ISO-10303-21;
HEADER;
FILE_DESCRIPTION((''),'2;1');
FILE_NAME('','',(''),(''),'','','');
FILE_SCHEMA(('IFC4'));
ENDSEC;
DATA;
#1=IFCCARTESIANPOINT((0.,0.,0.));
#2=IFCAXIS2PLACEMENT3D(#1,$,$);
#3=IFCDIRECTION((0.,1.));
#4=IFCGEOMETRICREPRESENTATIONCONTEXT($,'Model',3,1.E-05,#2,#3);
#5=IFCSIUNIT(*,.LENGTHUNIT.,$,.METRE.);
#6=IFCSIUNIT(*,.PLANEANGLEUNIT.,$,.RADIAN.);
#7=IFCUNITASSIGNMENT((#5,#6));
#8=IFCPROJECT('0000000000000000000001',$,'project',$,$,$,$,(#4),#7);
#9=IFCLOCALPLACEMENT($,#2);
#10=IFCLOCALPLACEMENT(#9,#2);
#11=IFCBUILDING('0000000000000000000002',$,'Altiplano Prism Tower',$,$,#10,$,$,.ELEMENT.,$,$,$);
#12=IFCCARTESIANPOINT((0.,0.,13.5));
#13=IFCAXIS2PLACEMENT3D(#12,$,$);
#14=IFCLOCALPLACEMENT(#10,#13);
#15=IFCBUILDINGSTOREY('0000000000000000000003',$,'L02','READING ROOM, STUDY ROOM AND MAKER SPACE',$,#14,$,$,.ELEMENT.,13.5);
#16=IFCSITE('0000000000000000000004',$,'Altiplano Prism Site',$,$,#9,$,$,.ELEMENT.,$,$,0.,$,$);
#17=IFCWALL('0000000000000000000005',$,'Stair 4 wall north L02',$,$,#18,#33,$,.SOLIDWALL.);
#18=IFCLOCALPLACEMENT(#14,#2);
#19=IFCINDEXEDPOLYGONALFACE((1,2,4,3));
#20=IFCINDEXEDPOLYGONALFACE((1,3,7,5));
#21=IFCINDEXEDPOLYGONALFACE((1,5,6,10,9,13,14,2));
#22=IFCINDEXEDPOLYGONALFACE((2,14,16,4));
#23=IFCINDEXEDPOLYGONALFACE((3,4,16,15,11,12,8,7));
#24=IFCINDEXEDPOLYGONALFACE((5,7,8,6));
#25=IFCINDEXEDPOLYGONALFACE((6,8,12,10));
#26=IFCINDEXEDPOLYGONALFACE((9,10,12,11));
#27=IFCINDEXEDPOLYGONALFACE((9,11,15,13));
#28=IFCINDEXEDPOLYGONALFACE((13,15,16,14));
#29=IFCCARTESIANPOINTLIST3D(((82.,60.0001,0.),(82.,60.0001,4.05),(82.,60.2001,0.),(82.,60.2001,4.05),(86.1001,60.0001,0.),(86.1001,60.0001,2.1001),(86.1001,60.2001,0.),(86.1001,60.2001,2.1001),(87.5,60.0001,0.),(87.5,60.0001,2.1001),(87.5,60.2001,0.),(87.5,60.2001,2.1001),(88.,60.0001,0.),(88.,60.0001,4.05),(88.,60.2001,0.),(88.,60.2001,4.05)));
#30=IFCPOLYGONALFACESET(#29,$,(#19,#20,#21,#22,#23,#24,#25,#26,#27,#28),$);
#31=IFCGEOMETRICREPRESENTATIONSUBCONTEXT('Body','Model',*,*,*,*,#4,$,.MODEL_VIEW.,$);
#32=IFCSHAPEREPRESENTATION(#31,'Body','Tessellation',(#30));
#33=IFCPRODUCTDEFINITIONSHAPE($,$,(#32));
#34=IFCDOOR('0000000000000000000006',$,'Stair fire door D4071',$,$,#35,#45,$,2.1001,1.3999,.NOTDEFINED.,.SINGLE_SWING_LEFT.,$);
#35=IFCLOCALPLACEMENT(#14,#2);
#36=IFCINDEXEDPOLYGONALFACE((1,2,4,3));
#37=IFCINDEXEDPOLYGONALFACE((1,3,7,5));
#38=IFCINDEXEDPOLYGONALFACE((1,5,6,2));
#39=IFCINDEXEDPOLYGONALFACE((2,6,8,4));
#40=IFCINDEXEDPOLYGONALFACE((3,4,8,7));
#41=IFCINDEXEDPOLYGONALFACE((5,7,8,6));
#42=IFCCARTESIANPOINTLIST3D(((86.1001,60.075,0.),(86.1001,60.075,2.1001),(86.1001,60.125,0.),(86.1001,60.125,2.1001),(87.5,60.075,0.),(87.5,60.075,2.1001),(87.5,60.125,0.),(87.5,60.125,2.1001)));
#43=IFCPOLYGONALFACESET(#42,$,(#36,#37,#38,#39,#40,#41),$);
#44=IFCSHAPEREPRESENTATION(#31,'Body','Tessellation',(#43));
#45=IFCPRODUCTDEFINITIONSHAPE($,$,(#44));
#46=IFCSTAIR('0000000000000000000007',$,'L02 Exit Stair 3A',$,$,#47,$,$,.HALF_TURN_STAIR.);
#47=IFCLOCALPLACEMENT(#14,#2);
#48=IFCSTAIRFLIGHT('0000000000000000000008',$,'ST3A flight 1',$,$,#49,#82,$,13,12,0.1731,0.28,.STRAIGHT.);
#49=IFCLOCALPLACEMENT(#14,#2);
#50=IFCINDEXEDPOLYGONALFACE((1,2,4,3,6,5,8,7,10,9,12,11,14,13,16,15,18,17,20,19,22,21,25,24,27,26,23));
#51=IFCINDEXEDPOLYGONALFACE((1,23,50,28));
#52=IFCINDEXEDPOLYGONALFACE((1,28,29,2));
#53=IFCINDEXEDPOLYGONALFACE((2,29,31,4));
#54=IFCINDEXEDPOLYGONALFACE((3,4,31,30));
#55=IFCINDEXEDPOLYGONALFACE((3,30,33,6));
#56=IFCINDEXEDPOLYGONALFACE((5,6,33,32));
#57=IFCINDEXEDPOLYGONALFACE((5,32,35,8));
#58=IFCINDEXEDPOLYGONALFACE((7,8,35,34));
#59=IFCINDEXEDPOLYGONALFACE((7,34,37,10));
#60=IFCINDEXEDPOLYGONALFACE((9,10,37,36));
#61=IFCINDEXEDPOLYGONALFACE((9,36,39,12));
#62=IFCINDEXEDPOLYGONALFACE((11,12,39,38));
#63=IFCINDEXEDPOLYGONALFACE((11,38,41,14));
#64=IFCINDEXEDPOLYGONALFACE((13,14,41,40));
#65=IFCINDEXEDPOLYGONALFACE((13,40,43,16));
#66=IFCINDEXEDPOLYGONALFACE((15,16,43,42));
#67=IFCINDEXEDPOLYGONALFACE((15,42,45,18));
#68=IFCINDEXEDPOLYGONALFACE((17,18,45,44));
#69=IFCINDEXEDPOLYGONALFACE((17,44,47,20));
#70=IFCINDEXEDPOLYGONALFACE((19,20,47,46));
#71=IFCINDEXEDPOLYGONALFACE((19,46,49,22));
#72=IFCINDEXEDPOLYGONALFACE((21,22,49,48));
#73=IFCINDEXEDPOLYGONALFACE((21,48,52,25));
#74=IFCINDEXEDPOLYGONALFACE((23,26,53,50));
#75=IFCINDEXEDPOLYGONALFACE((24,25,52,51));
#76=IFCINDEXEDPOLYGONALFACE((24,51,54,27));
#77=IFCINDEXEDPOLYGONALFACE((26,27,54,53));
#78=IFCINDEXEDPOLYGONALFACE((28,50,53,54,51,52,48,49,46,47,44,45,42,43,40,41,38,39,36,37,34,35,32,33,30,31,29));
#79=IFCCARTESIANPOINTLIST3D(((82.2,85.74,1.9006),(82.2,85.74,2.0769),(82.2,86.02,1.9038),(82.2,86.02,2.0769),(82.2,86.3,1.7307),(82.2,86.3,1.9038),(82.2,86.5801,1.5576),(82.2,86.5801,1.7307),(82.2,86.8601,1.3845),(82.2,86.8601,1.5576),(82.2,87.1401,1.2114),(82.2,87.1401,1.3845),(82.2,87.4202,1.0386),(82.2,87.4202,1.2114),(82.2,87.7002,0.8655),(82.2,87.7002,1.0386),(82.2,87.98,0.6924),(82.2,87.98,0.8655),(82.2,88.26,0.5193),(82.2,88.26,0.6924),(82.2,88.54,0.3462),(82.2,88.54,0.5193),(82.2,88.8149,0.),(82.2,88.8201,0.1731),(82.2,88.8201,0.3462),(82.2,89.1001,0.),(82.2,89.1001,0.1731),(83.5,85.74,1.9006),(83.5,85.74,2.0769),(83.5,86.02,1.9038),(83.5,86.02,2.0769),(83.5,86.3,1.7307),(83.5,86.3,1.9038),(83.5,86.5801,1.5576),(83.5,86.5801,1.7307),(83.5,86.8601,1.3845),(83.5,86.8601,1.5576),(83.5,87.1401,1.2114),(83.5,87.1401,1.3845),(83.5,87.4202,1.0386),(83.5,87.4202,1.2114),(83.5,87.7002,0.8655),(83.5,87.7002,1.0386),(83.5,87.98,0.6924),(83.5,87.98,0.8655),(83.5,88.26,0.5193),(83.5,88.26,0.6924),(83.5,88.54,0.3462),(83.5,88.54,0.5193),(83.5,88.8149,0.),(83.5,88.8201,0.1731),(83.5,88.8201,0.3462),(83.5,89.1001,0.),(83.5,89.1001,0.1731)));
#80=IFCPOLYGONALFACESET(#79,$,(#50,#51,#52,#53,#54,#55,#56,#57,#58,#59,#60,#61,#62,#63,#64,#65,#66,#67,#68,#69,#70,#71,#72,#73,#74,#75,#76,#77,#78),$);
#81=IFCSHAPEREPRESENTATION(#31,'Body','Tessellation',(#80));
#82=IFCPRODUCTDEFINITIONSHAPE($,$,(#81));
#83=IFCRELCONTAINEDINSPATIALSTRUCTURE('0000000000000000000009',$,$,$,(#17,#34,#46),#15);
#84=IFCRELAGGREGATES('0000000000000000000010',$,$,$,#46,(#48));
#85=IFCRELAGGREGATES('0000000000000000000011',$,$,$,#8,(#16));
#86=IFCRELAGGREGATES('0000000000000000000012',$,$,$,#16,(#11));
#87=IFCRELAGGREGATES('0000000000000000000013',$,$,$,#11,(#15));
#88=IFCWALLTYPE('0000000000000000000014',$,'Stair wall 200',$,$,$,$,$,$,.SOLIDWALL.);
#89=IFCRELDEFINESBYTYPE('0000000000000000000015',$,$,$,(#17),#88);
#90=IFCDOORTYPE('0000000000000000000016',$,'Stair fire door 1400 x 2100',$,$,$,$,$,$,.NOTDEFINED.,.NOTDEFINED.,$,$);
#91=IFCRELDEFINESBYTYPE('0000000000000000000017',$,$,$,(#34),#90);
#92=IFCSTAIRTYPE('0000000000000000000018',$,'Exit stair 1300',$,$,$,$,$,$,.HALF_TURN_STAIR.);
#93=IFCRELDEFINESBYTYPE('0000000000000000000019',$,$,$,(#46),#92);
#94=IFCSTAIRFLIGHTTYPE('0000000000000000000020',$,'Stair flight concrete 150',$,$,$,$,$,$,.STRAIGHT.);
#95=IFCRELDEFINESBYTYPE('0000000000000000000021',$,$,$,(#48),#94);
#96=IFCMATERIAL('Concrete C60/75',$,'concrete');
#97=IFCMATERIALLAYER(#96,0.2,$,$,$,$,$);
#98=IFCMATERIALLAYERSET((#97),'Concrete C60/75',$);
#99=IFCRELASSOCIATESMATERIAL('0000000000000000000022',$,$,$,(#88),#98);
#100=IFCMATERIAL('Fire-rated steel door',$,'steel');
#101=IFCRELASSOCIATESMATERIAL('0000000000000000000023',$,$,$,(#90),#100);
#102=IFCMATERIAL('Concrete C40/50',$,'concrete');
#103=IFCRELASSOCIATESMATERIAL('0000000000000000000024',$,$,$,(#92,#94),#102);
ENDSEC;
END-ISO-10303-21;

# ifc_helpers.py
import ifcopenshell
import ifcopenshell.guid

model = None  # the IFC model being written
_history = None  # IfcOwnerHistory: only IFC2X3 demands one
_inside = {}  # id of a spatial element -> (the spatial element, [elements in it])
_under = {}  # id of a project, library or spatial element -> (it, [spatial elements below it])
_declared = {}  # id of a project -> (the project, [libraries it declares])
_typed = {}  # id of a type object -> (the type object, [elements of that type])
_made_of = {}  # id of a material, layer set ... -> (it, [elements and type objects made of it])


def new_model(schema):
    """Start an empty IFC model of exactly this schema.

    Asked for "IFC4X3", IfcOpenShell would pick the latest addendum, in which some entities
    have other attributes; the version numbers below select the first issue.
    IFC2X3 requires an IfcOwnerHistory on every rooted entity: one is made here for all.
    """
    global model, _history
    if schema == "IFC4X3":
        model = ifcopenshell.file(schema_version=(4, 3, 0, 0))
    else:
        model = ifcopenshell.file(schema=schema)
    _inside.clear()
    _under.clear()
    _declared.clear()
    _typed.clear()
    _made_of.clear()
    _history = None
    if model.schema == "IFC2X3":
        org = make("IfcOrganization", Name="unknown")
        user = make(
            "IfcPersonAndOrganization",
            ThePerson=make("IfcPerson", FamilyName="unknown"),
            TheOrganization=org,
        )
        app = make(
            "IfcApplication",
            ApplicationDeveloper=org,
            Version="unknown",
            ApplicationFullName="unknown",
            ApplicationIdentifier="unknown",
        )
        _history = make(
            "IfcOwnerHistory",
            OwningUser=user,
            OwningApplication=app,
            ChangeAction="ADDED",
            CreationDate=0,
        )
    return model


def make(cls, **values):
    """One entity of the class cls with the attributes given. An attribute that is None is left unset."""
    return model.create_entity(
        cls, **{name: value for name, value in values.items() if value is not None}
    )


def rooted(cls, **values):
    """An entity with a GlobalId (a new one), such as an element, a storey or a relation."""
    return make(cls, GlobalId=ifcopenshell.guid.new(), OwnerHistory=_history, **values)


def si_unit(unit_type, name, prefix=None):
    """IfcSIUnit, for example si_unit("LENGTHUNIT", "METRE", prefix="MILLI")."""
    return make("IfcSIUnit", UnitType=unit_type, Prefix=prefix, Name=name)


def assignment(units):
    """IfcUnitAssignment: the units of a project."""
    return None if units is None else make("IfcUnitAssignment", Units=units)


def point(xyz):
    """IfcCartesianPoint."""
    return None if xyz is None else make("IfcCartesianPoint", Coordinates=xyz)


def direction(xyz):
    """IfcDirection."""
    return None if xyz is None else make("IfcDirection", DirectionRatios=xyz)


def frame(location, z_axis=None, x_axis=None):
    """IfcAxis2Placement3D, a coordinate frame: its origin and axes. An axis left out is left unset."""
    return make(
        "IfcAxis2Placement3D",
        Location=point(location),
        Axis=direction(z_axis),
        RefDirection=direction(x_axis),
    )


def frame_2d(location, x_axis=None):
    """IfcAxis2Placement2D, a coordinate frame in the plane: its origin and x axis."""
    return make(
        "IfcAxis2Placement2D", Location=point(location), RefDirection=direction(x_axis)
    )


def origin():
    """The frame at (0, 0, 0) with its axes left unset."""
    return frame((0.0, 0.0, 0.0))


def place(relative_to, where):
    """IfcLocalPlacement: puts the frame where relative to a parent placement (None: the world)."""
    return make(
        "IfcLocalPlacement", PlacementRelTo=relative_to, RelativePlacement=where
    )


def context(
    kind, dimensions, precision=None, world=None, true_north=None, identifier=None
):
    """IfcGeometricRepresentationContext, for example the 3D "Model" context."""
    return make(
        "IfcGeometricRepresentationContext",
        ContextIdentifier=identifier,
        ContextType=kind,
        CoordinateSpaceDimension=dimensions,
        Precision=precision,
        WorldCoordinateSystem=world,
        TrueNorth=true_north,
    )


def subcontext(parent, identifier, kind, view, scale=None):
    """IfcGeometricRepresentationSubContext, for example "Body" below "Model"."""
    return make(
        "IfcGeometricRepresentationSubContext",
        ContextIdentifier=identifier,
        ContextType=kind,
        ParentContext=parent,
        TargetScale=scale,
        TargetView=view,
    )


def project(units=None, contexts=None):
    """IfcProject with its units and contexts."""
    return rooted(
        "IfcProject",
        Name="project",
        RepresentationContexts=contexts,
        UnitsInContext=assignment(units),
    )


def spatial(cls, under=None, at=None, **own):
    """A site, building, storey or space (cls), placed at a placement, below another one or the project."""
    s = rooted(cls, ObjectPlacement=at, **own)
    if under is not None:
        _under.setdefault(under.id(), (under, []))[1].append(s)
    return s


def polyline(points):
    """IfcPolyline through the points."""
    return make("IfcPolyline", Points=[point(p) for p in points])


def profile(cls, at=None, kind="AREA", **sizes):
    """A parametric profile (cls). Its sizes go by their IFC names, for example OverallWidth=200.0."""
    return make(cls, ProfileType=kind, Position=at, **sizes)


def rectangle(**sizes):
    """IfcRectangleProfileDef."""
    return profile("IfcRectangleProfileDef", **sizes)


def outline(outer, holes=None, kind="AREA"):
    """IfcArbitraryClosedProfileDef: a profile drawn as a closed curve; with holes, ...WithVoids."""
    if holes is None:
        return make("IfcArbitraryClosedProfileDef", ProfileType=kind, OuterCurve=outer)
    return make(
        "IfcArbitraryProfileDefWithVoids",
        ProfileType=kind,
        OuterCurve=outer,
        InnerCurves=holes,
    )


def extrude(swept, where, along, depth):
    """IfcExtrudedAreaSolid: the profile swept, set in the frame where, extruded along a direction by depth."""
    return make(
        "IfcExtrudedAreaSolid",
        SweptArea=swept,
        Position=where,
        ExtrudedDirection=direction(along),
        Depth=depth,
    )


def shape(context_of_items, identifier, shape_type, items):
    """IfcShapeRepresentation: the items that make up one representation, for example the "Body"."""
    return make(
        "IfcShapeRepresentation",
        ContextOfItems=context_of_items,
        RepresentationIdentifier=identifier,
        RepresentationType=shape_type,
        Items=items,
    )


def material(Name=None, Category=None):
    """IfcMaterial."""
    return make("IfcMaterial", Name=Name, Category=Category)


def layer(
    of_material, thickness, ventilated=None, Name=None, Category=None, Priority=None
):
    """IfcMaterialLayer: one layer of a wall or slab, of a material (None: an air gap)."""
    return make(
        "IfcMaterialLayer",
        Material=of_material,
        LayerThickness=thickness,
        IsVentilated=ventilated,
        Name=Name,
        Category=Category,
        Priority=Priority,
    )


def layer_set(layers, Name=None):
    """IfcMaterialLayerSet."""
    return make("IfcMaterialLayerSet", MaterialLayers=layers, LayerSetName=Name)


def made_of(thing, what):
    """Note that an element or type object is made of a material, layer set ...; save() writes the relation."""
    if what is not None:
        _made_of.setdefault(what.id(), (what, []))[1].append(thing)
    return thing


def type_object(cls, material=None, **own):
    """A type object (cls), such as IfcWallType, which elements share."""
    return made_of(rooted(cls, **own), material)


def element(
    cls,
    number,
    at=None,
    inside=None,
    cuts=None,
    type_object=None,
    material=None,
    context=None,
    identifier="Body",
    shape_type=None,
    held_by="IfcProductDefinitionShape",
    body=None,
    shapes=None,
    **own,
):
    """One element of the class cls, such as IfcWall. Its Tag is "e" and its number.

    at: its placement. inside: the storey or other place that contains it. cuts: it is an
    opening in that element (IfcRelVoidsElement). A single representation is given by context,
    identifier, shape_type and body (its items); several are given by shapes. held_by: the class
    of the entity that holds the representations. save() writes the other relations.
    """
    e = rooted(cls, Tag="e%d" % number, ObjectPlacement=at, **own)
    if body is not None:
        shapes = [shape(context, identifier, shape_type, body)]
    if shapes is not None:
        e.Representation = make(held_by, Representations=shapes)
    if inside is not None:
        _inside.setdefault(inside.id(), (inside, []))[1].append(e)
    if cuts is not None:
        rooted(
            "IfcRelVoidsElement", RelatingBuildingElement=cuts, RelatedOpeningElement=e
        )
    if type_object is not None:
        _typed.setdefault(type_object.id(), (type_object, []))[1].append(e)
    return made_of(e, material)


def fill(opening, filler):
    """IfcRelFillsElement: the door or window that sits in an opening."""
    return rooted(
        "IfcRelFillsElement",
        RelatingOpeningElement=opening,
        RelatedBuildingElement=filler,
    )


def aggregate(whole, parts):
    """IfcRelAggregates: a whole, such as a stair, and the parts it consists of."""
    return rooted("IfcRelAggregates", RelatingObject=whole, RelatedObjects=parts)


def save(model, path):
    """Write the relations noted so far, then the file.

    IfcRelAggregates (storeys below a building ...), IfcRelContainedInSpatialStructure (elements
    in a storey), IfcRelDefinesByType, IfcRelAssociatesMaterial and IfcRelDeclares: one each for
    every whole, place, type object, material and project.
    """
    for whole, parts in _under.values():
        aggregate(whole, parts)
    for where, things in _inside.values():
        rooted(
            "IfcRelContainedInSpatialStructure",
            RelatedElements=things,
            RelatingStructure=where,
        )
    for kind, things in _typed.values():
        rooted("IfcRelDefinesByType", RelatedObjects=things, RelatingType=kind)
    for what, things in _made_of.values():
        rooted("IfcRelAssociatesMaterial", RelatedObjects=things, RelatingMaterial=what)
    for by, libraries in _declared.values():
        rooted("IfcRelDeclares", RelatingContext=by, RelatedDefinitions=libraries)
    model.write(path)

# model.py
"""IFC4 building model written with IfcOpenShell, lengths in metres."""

from ifc_helpers import new_model, si_unit, direction, frame, frame_2d, origin, place, context, subcontext, project, spatial, polyline, rectangle, outline, extrude, material, layer, layer_set, type_object, element, fill, aggregate, save


model = new_model("IFC4")

# Units and contexts
model_context = context("Model", 3, precision=1e-05, world=origin(), true_north=direction((0.0, 1.0)))
body_context = subcontext(model_context, "Body", "Model", "MODEL_VIEW")
ifc_project = project(units=[si_unit("LENGTHUNIT", "METRE"), si_unit("PLANEANGLEUNIT", "RADIAN")], contexts=[model_context])

# Site, building, storey
site_placement = place(None, origin())
site = spatial("IfcSite", under=ifc_project, at=site_placement, Name="Altiplano Prism Site", CompositionType="ELEMENT", RefElevation=0.0)
building_placement = place(site_placement, origin())
building = spatial("IfcBuilding", under=site, at=building_placement, Name="Altiplano Prism Tower", CompositionType="ELEMENT")
storey_placement = place(building_placement, frame((0.0, 0.0, 13.5)))
storey = spatial("IfcBuildingStorey", under=building, at=storey_placement, Name="L02", Description="READING ROOM, STUDY ROOM AND MAKER SPACE", CompositionType="ELEMENT", Elevation=13.5)

# Shared definitions
ifc_material_1 = material(Name="Concrete C60/75", Category="concrete")

# Shared definitions
ifc_layer_1 = layer(ifc_material_1, 0.2)
ifc_layer_set_1 = layer_set([ifc_layer_1], Name="Concrete C60/75")
wall_type_1 = type_object("IfcWallType", Name="Stair wall 200", PredefinedType="SOLIDWALL", material=ifc_layer_set_1)

# Wall, opening, door
ifc_material_2 = material(Name="Fire-rated steel door", Category="steel")
wall_1_placement = place(storey_placement, frame((82.0, 60.1001, 0.0), z_axis=(0.0, 0.0, 1.0), x_axis=(1.0, 0.0, 0.0)))
wall_1 = element("IfcWall", 1, at=wall_1_placement, inside=storey, type_object=wall_type_1, Name="Stair 4 wall north L02", PredefinedType="SOLIDWALL", context=body_context, shape_type="SweptSolid", body=[
    extrude(rectangle(XDim=6.0, YDim=0.2, at=frame_2d((3.0, 0.0))), origin(), (0.0, 0.0, 1.0), 4.05),
])
opening_1_placement = place(wall_1_placement, frame((4.1001, 0.0, 0.0)))
opening_1 = element("IfcOpeningElement", 2, at=opening_1_placement, cuts=wall_1, PredefinedType="OPENING", context=body_context, shape_type="SweptSolid", body=[
    extrude(rectangle(XDim=1.3999, YDim=2.1001, at=frame_2d((0.7, 1.05))), frame((0.0, 0.1104, 0.0), z_axis=(0.0, -1.0, 0.0), x_axis=(1.0, 0.0, 0.0)), (0.0, 0.0, 1.0), 0.2209),
])
door_type_1 = type_object("IfcDoorType", Name="Stair fire door 1400 x 2100", OperationType="NOTDEFINED", PredefinedType="NOTDEFINED", material=ifc_material_2)
door_1_placement = place(opening_1_placement, origin())
door_1 = element("IfcDoor", 3, at=door_1_placement, inside=storey, type_object=door_type_1, Name="Stair fire door D4071", OperationType="SINGLE_SWING_LEFT", OverallHeight=2.1001, OverallWidth=1.3999, PredefinedType="NOTDEFINED", context=body_context, shape_type="SweptSolid", body=[
    extrude(rectangle(XDim=1.3999, YDim=2.1001, at=frame_2d((0.7, 1.05))), frame((0.0, 0.0249, 0.0), z_axis=(0.0, -1.0, 0.0), x_axis=(1.0, 0.0, 0.0)), (0.0, 0.0, 1.0), 0.05),
])
fill(opening_1, door_1)

# Stair, stair flight
ifc_material_3 = material(Name="Concrete C40/50", Category="concrete")
stair_type = type_object("IfcStairType", Name="Exit stair 1300", PredefinedType="HALF_TURN_STAIR", material=ifc_material_3)
stair_placement = place(storey_placement, origin())
stair = element("IfcStair", 4, at=stair_placement, inside=storey, type_object=stair_type, Name="L02 Exit Stair 3A", PredefinedType="HALF_TURN_STAIR")
stair_flight_type = type_object("IfcStairFlightType", Name="Stair flight concrete 150", PredefinedType="STRAIGHT", material=ifc_material_3)
stair_flight_placement = place(storey_placement, frame((82.8501, 89.1001, 0.0), z_axis=(0.0, 0.0, 1.0), x_axis=(0.0, -1.0, 0.0)))
stair_flight = element("IfcStairFlight", 5, at=stair_flight_placement, type_object=stair_flight_type, Name="ST3A flight 1", NumberOfRisers=13, NumberOfTreads=12, PredefinedType="STRAIGHT", RiserHeight=0.1731, TreadLength=0.28, context=body_context, shape_type="SweptSolid", body=[
    extrude(outline(polyline([(0.0, 0.0), (0.0, 0.1731), (0.28, 0.1731), (0.28, 0.3462), (0.5601, 0.3462), (0.5601, 0.5193), (0.8401, 0.5193), (0.8401, 0.6924), (1.1201, 0.6924), (1.1201, 0.8655), (1.3999, 0.8655), (1.3999, 1.0386), (1.6799, 1.0386), (1.6799, 1.2114), (1.96, 1.2114), (1.96, 1.3845), (2.24, 1.3845), (2.24, 1.5576), (2.52, 1.5576), (2.52, 1.7307), (2.8, 1.7307), (2.8, 1.9038), (3.0801, 1.9038), (3.0801, 2.0769), (3.3601, 2.0769), (3.3601, 2.25), (3.3601, 1.9006), (0.2852, 0.0), (0.0, 0.0)])), frame((0.0, 0.6499, 0.0), z_axis=(0.0, -1.0, 0.0), x_axis=(1.0, 0.0, 0.0)), (0.0, 0.0, 1.0), 1.3),
])
aggregate(stair, [stair_flight])

save(model, "model.ifc")
